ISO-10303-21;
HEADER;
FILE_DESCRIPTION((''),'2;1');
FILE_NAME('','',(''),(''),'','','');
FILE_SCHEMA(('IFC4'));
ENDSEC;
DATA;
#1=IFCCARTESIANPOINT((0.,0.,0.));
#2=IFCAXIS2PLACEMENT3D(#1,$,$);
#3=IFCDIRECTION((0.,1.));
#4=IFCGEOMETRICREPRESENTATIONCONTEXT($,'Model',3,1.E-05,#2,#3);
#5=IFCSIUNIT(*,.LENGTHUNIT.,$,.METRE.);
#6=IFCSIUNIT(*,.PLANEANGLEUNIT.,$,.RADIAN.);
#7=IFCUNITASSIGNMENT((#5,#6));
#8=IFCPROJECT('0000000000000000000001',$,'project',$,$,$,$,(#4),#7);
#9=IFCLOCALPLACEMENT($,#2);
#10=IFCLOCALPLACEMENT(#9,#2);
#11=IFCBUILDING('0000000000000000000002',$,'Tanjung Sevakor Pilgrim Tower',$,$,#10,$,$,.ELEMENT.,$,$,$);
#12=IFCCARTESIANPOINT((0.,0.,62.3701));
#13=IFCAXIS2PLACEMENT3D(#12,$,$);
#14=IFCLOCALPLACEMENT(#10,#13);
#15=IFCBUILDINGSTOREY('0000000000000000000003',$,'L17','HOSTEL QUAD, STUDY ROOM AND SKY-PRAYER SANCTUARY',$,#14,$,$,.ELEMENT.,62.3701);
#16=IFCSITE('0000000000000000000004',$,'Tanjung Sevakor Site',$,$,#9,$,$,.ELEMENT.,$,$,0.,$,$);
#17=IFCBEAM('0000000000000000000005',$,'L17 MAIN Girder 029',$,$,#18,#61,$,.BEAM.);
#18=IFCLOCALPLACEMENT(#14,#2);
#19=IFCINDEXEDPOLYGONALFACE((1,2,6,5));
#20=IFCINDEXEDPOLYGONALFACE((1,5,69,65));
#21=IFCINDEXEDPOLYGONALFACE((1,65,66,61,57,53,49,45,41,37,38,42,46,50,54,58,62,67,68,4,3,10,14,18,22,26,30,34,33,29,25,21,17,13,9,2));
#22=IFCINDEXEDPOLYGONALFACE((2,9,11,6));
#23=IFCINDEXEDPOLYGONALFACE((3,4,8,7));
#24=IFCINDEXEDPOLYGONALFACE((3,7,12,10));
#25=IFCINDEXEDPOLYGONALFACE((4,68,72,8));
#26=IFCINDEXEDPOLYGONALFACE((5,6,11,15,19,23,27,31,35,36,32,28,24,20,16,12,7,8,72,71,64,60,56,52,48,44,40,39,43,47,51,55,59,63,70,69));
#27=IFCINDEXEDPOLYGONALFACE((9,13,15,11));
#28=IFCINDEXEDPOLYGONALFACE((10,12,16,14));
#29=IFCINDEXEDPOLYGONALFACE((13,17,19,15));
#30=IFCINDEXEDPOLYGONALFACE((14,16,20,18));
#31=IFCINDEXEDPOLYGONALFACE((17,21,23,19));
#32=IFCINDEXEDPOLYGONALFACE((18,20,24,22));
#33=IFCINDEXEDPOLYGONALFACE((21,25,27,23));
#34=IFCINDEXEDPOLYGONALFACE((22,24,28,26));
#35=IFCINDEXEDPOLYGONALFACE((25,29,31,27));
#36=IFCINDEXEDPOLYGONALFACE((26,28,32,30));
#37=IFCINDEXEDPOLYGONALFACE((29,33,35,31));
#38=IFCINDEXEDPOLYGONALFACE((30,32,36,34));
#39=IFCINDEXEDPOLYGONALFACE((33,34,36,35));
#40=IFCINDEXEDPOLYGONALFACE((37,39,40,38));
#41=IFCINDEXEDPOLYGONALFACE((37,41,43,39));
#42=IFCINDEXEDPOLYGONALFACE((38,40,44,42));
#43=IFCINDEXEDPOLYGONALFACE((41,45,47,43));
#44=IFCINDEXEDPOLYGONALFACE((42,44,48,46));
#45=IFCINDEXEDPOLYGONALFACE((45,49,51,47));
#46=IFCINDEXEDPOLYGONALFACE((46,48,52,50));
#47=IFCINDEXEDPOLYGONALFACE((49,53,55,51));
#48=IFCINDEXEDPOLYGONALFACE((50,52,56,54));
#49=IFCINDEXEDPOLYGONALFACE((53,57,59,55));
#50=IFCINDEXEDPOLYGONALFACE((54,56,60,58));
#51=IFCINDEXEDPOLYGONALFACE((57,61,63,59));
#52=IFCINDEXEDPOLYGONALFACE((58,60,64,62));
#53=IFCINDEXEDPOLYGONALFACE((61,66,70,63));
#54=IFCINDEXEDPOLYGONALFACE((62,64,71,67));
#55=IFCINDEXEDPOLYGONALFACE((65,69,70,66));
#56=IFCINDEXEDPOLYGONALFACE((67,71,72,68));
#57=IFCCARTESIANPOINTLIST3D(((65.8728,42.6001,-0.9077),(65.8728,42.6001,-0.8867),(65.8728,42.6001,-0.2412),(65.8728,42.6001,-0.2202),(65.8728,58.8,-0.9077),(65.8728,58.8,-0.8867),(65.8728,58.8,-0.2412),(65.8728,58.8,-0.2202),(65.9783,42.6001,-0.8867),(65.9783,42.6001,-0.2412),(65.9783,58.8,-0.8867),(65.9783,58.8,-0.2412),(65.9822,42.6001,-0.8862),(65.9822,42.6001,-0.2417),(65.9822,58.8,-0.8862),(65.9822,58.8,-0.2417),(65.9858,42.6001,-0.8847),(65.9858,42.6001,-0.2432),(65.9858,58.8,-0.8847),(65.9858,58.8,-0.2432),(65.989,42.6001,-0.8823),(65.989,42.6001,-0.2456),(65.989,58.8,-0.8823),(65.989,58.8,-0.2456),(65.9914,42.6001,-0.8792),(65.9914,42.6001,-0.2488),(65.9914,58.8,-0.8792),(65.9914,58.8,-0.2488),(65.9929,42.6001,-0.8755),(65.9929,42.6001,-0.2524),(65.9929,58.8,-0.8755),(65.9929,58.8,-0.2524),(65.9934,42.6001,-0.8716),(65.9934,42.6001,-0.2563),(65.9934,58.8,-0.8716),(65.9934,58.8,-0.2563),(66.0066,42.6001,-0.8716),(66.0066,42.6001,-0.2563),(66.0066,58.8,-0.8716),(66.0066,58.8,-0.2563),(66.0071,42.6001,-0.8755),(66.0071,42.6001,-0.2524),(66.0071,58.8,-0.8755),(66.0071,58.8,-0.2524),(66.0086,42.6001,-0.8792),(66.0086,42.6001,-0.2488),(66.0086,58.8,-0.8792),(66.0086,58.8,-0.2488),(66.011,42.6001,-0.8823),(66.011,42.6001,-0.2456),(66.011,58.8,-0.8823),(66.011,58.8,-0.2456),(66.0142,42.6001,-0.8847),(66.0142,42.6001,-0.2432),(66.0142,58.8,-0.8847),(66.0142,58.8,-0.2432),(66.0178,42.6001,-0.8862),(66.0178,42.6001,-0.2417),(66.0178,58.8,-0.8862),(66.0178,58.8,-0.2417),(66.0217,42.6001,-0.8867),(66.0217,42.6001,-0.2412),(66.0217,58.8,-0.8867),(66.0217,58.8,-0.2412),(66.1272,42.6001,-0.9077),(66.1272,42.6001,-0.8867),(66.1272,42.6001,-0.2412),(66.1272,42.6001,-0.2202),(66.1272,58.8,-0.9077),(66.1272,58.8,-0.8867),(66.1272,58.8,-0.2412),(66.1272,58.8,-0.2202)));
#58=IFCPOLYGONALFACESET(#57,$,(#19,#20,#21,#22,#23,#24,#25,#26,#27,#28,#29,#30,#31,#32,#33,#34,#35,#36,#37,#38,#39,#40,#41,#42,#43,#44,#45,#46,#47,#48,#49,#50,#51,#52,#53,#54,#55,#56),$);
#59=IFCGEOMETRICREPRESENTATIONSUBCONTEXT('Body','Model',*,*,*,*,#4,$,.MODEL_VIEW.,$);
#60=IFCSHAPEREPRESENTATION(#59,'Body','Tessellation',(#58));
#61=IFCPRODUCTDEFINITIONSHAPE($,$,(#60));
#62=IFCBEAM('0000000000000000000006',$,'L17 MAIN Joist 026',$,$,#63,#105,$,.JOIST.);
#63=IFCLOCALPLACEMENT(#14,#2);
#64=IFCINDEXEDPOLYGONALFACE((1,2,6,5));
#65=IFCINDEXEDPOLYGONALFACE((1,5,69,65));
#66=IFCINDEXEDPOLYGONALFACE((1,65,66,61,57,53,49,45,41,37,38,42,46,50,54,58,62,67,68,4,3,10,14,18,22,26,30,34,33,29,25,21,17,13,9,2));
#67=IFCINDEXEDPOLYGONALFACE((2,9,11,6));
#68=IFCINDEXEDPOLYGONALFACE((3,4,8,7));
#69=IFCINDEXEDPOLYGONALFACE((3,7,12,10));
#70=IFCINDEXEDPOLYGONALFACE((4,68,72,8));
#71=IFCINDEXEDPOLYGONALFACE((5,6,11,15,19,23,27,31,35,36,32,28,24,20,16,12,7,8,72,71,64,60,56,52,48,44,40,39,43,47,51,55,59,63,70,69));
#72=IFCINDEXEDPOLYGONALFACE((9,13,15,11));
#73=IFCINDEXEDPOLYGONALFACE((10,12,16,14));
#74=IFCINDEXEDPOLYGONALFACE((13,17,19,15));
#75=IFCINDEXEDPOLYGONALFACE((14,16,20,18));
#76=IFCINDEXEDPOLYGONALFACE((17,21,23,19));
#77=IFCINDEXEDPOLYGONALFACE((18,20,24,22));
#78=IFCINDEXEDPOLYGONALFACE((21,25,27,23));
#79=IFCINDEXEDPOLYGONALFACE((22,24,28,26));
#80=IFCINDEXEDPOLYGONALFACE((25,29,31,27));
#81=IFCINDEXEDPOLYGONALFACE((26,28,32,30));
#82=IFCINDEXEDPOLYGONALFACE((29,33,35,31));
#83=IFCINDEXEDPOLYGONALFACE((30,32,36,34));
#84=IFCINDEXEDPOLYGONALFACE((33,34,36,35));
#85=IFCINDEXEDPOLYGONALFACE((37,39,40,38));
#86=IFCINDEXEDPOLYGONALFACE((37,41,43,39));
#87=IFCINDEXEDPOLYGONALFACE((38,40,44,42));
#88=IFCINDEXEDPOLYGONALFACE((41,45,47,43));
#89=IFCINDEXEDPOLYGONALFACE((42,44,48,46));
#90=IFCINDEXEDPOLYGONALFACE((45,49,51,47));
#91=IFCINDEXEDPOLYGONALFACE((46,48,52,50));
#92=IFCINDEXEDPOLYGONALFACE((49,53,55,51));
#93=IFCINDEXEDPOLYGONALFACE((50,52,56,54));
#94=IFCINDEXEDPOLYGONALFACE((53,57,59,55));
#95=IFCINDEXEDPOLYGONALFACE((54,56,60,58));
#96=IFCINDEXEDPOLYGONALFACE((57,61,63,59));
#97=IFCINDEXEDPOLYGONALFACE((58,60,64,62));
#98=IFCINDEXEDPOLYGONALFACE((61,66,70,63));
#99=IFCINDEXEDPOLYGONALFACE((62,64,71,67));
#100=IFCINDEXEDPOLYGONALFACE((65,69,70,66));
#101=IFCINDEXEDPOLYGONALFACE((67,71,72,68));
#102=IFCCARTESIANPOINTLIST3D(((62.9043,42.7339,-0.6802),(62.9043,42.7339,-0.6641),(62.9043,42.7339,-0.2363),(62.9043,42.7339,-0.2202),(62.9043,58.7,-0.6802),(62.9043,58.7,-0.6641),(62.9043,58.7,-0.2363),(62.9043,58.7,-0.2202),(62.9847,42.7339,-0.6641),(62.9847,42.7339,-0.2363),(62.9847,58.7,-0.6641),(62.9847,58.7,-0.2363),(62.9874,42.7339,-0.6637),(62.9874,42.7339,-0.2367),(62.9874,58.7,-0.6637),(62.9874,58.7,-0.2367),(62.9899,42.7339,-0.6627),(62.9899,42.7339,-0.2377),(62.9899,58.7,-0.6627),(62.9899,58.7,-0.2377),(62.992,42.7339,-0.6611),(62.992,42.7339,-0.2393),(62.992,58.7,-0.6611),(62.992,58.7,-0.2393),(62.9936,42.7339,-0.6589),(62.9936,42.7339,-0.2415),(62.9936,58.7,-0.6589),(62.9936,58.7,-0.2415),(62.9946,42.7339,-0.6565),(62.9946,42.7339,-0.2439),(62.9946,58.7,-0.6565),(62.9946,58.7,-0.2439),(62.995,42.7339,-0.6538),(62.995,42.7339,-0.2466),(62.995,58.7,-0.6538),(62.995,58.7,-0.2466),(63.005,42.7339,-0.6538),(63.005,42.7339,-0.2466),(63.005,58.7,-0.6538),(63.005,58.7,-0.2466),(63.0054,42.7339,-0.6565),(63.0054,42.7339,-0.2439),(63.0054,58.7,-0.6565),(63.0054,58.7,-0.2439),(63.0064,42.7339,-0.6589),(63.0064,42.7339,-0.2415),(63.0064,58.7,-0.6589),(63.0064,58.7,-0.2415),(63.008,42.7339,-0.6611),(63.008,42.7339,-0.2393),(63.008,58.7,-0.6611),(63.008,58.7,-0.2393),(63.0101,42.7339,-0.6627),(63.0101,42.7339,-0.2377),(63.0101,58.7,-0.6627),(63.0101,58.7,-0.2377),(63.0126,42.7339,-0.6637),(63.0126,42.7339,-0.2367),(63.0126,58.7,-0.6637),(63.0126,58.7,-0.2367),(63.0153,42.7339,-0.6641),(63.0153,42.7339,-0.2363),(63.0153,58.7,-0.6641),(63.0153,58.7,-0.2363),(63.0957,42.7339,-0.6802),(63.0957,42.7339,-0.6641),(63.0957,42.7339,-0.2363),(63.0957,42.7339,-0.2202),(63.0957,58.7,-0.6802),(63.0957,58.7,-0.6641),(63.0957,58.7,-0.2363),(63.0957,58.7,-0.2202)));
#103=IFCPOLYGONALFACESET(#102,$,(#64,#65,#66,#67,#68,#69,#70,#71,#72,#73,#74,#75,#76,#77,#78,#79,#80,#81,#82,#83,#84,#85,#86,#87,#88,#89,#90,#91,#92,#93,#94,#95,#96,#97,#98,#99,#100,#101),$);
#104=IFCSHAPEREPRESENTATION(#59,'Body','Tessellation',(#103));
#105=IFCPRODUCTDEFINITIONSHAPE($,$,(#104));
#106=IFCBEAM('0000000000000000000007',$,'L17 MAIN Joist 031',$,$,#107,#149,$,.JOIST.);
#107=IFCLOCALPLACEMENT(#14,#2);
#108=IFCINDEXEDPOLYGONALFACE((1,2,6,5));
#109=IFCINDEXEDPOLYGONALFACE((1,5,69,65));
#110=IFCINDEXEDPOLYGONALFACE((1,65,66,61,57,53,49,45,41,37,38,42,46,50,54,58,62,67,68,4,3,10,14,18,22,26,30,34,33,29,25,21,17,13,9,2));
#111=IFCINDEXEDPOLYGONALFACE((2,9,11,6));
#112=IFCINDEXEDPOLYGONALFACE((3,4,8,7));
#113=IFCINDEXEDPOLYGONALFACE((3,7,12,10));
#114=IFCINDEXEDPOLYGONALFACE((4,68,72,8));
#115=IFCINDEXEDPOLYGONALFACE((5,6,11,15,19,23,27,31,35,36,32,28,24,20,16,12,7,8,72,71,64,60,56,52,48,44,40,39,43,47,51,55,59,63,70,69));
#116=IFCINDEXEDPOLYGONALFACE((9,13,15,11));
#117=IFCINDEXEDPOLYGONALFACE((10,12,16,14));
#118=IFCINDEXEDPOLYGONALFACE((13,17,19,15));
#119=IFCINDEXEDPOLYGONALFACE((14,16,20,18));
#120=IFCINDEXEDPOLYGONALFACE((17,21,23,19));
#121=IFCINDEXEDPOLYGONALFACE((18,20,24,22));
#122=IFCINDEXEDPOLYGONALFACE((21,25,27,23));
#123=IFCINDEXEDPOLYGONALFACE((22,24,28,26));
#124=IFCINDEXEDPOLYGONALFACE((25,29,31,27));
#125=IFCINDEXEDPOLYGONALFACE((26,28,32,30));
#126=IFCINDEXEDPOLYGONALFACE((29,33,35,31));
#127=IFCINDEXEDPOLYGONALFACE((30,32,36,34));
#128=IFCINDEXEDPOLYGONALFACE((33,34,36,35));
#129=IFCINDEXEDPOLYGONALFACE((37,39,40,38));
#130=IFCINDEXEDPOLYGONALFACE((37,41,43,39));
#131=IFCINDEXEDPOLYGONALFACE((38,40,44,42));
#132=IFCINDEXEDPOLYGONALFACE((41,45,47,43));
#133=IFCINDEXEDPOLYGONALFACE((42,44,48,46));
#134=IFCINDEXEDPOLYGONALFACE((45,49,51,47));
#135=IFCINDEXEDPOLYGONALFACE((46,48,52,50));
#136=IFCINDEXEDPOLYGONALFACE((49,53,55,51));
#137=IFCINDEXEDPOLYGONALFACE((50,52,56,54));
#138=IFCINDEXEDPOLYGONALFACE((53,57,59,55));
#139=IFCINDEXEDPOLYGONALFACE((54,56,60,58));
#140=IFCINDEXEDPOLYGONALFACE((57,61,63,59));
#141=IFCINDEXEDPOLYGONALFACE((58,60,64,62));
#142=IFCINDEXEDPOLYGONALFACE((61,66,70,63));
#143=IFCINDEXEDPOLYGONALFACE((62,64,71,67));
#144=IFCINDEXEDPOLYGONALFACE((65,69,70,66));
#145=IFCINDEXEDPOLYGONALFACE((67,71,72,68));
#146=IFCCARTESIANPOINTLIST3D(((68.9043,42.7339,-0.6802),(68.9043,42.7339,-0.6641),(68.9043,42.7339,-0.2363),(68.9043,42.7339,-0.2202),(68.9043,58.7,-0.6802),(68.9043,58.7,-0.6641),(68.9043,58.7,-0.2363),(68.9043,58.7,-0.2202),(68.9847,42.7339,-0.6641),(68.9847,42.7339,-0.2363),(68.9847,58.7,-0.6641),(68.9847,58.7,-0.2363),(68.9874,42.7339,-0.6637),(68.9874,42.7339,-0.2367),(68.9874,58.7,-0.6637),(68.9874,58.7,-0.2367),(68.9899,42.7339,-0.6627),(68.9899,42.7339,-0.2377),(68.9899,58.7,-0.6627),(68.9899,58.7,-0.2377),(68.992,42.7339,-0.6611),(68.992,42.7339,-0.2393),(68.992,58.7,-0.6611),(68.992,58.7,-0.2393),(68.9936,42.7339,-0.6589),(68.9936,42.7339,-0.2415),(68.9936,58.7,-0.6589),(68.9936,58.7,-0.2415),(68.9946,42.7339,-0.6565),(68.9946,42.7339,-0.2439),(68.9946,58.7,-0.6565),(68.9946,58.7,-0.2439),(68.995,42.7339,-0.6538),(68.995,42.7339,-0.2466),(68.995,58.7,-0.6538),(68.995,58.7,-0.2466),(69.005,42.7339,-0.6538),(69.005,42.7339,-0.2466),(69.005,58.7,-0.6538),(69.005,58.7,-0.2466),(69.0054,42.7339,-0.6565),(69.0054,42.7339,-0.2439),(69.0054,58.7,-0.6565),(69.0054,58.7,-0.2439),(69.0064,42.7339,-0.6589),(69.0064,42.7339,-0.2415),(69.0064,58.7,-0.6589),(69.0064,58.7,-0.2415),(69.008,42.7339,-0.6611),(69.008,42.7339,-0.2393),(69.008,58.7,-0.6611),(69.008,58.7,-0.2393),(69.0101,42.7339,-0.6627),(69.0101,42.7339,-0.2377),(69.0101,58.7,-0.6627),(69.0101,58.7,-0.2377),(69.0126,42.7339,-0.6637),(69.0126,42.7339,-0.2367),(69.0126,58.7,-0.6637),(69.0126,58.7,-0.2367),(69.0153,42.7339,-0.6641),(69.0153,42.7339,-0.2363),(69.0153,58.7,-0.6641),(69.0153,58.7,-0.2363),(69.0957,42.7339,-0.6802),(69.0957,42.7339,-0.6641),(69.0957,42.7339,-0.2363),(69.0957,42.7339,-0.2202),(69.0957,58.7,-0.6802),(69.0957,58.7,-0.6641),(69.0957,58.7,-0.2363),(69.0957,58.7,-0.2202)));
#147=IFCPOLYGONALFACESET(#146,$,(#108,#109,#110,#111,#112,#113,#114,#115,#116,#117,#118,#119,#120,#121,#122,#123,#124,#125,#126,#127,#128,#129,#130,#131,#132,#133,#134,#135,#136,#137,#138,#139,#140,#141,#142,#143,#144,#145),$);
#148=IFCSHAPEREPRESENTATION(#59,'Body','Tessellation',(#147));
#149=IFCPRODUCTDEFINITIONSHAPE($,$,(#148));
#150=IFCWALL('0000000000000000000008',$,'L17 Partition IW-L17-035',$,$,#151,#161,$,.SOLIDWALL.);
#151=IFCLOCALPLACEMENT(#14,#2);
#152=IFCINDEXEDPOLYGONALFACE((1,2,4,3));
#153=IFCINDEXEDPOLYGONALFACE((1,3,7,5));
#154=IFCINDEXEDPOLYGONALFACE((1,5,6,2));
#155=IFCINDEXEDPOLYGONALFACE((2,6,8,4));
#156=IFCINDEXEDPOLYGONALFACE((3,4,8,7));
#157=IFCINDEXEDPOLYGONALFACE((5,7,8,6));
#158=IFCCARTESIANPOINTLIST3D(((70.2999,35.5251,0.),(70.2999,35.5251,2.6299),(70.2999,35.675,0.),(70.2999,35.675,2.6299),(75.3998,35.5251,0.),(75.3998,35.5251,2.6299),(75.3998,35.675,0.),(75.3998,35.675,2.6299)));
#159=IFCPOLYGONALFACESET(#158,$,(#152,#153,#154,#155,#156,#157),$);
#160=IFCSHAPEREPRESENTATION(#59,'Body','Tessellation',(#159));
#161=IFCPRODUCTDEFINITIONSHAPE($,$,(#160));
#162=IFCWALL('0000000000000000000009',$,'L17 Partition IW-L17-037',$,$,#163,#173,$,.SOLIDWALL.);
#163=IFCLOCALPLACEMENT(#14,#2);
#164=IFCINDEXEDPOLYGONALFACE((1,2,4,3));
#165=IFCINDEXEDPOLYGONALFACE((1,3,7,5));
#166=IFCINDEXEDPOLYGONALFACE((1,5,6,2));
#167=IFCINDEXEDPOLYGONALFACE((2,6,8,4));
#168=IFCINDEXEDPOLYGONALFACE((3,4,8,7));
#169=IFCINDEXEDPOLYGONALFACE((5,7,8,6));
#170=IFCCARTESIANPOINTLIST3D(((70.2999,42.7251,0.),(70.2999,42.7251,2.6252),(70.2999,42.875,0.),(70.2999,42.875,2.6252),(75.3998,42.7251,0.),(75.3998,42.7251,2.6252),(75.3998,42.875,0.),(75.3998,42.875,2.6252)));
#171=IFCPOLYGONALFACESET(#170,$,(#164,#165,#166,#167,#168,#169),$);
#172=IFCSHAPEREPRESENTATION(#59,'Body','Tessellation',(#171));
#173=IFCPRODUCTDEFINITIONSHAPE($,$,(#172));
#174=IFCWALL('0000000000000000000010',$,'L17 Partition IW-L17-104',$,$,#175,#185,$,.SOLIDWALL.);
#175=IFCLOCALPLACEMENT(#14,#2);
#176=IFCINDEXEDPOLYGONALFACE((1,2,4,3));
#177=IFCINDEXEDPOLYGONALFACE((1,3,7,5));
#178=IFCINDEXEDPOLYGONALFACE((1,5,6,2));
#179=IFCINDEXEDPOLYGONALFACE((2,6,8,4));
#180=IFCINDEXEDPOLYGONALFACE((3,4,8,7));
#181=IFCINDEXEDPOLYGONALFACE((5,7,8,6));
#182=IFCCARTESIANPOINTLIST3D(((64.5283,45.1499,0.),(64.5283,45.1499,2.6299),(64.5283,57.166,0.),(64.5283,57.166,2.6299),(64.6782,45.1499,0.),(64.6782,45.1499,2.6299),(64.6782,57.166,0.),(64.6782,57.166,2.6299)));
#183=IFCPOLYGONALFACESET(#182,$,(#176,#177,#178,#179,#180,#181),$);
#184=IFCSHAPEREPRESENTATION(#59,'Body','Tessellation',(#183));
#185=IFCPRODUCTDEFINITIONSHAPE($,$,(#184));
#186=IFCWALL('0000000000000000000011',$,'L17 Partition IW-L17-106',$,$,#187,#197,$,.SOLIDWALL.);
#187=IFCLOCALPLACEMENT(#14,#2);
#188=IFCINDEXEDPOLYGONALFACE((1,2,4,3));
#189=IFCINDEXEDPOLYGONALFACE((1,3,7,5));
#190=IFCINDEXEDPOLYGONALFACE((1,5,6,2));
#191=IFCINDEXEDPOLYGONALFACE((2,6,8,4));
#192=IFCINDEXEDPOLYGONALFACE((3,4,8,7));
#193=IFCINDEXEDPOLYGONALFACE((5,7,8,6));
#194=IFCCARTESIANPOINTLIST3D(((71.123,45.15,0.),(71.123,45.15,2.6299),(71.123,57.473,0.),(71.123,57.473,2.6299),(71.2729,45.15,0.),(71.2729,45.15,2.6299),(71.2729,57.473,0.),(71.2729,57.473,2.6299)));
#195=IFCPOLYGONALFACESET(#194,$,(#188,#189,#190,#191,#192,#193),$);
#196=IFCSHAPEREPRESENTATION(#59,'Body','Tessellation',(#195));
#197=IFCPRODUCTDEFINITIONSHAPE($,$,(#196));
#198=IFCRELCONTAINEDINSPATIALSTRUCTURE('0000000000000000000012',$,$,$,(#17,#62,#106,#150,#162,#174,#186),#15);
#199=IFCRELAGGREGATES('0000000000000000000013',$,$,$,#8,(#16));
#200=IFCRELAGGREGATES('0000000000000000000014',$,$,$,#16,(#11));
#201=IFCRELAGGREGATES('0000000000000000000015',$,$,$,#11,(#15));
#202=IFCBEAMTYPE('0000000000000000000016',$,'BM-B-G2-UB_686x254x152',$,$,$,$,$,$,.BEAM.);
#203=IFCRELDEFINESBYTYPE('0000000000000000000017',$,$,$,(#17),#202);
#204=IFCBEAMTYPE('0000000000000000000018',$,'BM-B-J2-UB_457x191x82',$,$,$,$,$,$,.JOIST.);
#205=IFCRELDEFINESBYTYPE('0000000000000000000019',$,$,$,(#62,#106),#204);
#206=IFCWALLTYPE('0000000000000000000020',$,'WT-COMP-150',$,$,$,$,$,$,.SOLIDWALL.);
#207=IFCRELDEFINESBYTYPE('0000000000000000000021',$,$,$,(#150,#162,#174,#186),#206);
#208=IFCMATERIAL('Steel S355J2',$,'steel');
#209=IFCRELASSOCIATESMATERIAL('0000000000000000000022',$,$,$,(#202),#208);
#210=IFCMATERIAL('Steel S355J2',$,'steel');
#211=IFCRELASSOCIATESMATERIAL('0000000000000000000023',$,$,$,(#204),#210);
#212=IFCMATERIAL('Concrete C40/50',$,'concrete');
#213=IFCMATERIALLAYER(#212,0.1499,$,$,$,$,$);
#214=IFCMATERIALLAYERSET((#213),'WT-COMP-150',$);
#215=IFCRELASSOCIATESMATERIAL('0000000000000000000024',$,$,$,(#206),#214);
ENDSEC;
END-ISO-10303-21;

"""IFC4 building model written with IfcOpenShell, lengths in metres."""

from ifc_helpers import new_model, si_unit, direction, frame, frame_2d, origin, origin_2d, place, context, subcontext, project, spatial, rectangle, i_section, extrude, material, layer, layer_set, material_profile, profile_set, type_object, element, save


model = new_model("IFC4")

# Units and contexts
model_context = context("Model", 3, precision=1e-05, world=origin(), true_north=direction((0.0, 1.0)))
body_context = subcontext(model_context, "Body", "Model", "MODEL_VIEW")
ifc_project = project(units=[si_unit("LENGTHUNIT", "METRE"), si_unit("PLANEANGLEUNIT", "RADIAN")], contexts=[model_context])

# Site, building, storey
site_placement = place(None, origin())
site = spatial("IfcSite", under=ifc_project, at=site_placement, Name="Tanjung Sevakor Site", CompositionType="ELEMENT", RefElevation=0.0)
building_placement = place(site_placement, origin())
building = spatial("IfcBuilding", under=site, at=building_placement, Name="Tanjung Sevakor Pilgrim Tower", CompositionType="ELEMENT")
storey_placement = place(building_placement, frame((0.0, 0.0, 62.3701)))
storey = spatial("IfcBuildingStorey", under=building, at=storey_placement, Name="L17", Description="HOSTEL QUAD, STUDY ROOM AND SKY-PRAYER SANCTUARY", CompositionType="ELEMENT", Elevation=62.3701)

# Beams
ifc_material_1 = material(Name="Steel S355J2", Category="steel")
ifc_material_profile_1 = material_profile(ifc_material_1, i_section(OverallWidth=0.2544, OverallDepth=0.6875, WebThickness=0.0132, FlangeThickness=0.021, FilletRadius=0.0151, at=origin_2d()))
ifc_profile_set_1 = profile_set([ifc_material_profile_1], Name="Steel S355J2")
beam_type_1 = type_object("IfcBeamType", Name="BM-B-G2-UB_686x254x152", PredefinedType="BEAM", material=ifc_profile_set_1)
for number, where, z_axis, x_axis, name in (
    (1, (66.0, 42.6001, -0.564), (0.0, 1.0, 0.0), (-1.0, 0.0, 0.0), "L17 MAIN Girder 029"),
):
    element("IfcBeam", number, at=place(storey_placement, frame(where, z_axis=z_axis, x_axis=x_axis)), inside=storey, type_object=beam_type_1, Name=name, PredefinedType="BEAM", context=body_context, shape_type="SweptSolid", body=[
        extrude(i_section(OverallWidth=0.2544, OverallDepth=0.6875, WebThickness=0.0132, FlangeThickness=0.021, FilletRadius=0.0151, at=origin_2d()), origin(), (0.0, 0.0, 1.0), 16.2),
    ])
ifc_material_2 = material(Name="Steel S355J2", Category="steel")
ifc_material_profile_2 = material_profile(ifc_material_2, i_section(OverallWidth=0.1914, OverallDepth=0.46, WebThickness=0.01, FlangeThickness=0.0161, FilletRadius=0.0103, at=origin_2d()))
ifc_profile_set_2 = profile_set([ifc_material_profile_2], Name="Steel S355J2")
beam_type_2 = type_object("IfcBeamType", Name="BM-B-J2-UB_457x191x82", PredefinedType="JOIST", material=ifc_profile_set_2)
for number, where, z_axis, x_axis, name in (
    (2, (63.0, 42.7339, -0.4502), (0.0, 1.0, 0.0), (-1.0, 0.0, 0.0), "L17 MAIN Joist 026"),
    (3, (69.0, 42.7339, -0.4502), (0.0, 1.0, 0.0), (-1.0, 0.0, 0.0), "L17 MAIN Joist 031"),
):
    element("IfcBeam", number, at=place(storey_placement, frame(where, z_axis=z_axis, x_axis=x_axis)), inside=storey, type_object=beam_type_2, Name=name, PredefinedType="JOIST", context=body_context, shape_type="SweptSolid", body=[
        extrude(i_section(OverallWidth=0.1914, OverallDepth=0.46, WebThickness=0.01, FlangeThickness=0.0161, FilletRadius=0.0103, at=origin_2d()), origin(), (0.0, 0.0, 1.0), 15.9661),
    ])

# Walls
ifc_material_3 = material(Name="Concrete C40/50", Category="concrete")
ifc_layer_1 = layer(ifc_material_3, 0.1499)
ifc_layer_set_1 = layer_set([ifc_layer_1], Name="WT-COMP-150")
wall_type_1 = type_object("IfcWallType", Name="WT-COMP-150", PredefinedType="SOLIDWALL", material=ifc_layer_set_1)
wall_1_placement = place(storey_placement, frame((70.3, 35.6001, 0.0), z_axis=(0.0, 0.0, 1.0), x_axis=(1.0, 0.0, 0.0)))
element("IfcWall", 4, at=wall_1_placement, inside=storey, type_object=wall_type_1, Name="L17 Partition IW-L17-035", PredefinedType="SOLIDWALL", context=body_context, shape_type="SweptSolid", body=[
    extrude(rectangle(XDim=5.0999, YDim=0.1499, at=frame_2d((2.5498, 0.0))), origin(), (0.0, 0.0, 1.0), 2.6299),
])
wall_2_placement = place(storey_placement, frame((70.3, 42.8, 0.0), z_axis=(0.0, 0.0, 1.0), x_axis=(1.0, 0.0, 0.0)))
element("IfcWall", 5, at=wall_2_placement, inside=storey, type_object=wall_type_1, Name="L17 Partition IW-L17-037", PredefinedType="SOLIDWALL", context=body_context, shape_type="SweptSolid", body=[
    extrude(rectangle(XDim=5.0999, YDim=0.1499, at=frame_2d((2.5498, 0.0))), origin(), (0.0, 0.0, 1.0), 2.6252),
])
wall_3_placement = place(storey_placement, frame((64.6033, 45.1499, 0.0), z_axis=(0.0, 0.0, 1.0), x_axis=(0.0, 1.0, 0.0)))
element("IfcWall", 6, at=wall_3_placement, inside=storey, type_object=wall_type_1, Name="L17 Partition IW-L17-104", PredefinedType="SOLIDWALL", context=body_context, shape_type="SweptSolid", body=[
    extrude(rectangle(XDim=12.0161, YDim=0.1499, at=frame_2d((6.0081, 0.0))), origin(), (0.0, 0.0, 1.0), 2.6299),
])
wall_4_placement = place(storey_placement, frame((71.198, 45.1499, 0.0), z_axis=(0.0, 0.0, 1.0), x_axis=(0.0, 1.0, 0.0)))
element("IfcWall", 7, at=wall_4_placement, inside=storey, type_object=wall_type_1, Name="L17 Partition IW-L17-106", PredefinedType="SOLIDWALL", context=body_context, shape_type="SweptSolid", body=[
    extrude(rectangle(XDim=12.323, YDim=0.1499, at=frame_2d((6.1616, 0.0))), origin(), (0.0, 0.0, 1.0), 2.6299),
])

save(model, "model.ifc")
